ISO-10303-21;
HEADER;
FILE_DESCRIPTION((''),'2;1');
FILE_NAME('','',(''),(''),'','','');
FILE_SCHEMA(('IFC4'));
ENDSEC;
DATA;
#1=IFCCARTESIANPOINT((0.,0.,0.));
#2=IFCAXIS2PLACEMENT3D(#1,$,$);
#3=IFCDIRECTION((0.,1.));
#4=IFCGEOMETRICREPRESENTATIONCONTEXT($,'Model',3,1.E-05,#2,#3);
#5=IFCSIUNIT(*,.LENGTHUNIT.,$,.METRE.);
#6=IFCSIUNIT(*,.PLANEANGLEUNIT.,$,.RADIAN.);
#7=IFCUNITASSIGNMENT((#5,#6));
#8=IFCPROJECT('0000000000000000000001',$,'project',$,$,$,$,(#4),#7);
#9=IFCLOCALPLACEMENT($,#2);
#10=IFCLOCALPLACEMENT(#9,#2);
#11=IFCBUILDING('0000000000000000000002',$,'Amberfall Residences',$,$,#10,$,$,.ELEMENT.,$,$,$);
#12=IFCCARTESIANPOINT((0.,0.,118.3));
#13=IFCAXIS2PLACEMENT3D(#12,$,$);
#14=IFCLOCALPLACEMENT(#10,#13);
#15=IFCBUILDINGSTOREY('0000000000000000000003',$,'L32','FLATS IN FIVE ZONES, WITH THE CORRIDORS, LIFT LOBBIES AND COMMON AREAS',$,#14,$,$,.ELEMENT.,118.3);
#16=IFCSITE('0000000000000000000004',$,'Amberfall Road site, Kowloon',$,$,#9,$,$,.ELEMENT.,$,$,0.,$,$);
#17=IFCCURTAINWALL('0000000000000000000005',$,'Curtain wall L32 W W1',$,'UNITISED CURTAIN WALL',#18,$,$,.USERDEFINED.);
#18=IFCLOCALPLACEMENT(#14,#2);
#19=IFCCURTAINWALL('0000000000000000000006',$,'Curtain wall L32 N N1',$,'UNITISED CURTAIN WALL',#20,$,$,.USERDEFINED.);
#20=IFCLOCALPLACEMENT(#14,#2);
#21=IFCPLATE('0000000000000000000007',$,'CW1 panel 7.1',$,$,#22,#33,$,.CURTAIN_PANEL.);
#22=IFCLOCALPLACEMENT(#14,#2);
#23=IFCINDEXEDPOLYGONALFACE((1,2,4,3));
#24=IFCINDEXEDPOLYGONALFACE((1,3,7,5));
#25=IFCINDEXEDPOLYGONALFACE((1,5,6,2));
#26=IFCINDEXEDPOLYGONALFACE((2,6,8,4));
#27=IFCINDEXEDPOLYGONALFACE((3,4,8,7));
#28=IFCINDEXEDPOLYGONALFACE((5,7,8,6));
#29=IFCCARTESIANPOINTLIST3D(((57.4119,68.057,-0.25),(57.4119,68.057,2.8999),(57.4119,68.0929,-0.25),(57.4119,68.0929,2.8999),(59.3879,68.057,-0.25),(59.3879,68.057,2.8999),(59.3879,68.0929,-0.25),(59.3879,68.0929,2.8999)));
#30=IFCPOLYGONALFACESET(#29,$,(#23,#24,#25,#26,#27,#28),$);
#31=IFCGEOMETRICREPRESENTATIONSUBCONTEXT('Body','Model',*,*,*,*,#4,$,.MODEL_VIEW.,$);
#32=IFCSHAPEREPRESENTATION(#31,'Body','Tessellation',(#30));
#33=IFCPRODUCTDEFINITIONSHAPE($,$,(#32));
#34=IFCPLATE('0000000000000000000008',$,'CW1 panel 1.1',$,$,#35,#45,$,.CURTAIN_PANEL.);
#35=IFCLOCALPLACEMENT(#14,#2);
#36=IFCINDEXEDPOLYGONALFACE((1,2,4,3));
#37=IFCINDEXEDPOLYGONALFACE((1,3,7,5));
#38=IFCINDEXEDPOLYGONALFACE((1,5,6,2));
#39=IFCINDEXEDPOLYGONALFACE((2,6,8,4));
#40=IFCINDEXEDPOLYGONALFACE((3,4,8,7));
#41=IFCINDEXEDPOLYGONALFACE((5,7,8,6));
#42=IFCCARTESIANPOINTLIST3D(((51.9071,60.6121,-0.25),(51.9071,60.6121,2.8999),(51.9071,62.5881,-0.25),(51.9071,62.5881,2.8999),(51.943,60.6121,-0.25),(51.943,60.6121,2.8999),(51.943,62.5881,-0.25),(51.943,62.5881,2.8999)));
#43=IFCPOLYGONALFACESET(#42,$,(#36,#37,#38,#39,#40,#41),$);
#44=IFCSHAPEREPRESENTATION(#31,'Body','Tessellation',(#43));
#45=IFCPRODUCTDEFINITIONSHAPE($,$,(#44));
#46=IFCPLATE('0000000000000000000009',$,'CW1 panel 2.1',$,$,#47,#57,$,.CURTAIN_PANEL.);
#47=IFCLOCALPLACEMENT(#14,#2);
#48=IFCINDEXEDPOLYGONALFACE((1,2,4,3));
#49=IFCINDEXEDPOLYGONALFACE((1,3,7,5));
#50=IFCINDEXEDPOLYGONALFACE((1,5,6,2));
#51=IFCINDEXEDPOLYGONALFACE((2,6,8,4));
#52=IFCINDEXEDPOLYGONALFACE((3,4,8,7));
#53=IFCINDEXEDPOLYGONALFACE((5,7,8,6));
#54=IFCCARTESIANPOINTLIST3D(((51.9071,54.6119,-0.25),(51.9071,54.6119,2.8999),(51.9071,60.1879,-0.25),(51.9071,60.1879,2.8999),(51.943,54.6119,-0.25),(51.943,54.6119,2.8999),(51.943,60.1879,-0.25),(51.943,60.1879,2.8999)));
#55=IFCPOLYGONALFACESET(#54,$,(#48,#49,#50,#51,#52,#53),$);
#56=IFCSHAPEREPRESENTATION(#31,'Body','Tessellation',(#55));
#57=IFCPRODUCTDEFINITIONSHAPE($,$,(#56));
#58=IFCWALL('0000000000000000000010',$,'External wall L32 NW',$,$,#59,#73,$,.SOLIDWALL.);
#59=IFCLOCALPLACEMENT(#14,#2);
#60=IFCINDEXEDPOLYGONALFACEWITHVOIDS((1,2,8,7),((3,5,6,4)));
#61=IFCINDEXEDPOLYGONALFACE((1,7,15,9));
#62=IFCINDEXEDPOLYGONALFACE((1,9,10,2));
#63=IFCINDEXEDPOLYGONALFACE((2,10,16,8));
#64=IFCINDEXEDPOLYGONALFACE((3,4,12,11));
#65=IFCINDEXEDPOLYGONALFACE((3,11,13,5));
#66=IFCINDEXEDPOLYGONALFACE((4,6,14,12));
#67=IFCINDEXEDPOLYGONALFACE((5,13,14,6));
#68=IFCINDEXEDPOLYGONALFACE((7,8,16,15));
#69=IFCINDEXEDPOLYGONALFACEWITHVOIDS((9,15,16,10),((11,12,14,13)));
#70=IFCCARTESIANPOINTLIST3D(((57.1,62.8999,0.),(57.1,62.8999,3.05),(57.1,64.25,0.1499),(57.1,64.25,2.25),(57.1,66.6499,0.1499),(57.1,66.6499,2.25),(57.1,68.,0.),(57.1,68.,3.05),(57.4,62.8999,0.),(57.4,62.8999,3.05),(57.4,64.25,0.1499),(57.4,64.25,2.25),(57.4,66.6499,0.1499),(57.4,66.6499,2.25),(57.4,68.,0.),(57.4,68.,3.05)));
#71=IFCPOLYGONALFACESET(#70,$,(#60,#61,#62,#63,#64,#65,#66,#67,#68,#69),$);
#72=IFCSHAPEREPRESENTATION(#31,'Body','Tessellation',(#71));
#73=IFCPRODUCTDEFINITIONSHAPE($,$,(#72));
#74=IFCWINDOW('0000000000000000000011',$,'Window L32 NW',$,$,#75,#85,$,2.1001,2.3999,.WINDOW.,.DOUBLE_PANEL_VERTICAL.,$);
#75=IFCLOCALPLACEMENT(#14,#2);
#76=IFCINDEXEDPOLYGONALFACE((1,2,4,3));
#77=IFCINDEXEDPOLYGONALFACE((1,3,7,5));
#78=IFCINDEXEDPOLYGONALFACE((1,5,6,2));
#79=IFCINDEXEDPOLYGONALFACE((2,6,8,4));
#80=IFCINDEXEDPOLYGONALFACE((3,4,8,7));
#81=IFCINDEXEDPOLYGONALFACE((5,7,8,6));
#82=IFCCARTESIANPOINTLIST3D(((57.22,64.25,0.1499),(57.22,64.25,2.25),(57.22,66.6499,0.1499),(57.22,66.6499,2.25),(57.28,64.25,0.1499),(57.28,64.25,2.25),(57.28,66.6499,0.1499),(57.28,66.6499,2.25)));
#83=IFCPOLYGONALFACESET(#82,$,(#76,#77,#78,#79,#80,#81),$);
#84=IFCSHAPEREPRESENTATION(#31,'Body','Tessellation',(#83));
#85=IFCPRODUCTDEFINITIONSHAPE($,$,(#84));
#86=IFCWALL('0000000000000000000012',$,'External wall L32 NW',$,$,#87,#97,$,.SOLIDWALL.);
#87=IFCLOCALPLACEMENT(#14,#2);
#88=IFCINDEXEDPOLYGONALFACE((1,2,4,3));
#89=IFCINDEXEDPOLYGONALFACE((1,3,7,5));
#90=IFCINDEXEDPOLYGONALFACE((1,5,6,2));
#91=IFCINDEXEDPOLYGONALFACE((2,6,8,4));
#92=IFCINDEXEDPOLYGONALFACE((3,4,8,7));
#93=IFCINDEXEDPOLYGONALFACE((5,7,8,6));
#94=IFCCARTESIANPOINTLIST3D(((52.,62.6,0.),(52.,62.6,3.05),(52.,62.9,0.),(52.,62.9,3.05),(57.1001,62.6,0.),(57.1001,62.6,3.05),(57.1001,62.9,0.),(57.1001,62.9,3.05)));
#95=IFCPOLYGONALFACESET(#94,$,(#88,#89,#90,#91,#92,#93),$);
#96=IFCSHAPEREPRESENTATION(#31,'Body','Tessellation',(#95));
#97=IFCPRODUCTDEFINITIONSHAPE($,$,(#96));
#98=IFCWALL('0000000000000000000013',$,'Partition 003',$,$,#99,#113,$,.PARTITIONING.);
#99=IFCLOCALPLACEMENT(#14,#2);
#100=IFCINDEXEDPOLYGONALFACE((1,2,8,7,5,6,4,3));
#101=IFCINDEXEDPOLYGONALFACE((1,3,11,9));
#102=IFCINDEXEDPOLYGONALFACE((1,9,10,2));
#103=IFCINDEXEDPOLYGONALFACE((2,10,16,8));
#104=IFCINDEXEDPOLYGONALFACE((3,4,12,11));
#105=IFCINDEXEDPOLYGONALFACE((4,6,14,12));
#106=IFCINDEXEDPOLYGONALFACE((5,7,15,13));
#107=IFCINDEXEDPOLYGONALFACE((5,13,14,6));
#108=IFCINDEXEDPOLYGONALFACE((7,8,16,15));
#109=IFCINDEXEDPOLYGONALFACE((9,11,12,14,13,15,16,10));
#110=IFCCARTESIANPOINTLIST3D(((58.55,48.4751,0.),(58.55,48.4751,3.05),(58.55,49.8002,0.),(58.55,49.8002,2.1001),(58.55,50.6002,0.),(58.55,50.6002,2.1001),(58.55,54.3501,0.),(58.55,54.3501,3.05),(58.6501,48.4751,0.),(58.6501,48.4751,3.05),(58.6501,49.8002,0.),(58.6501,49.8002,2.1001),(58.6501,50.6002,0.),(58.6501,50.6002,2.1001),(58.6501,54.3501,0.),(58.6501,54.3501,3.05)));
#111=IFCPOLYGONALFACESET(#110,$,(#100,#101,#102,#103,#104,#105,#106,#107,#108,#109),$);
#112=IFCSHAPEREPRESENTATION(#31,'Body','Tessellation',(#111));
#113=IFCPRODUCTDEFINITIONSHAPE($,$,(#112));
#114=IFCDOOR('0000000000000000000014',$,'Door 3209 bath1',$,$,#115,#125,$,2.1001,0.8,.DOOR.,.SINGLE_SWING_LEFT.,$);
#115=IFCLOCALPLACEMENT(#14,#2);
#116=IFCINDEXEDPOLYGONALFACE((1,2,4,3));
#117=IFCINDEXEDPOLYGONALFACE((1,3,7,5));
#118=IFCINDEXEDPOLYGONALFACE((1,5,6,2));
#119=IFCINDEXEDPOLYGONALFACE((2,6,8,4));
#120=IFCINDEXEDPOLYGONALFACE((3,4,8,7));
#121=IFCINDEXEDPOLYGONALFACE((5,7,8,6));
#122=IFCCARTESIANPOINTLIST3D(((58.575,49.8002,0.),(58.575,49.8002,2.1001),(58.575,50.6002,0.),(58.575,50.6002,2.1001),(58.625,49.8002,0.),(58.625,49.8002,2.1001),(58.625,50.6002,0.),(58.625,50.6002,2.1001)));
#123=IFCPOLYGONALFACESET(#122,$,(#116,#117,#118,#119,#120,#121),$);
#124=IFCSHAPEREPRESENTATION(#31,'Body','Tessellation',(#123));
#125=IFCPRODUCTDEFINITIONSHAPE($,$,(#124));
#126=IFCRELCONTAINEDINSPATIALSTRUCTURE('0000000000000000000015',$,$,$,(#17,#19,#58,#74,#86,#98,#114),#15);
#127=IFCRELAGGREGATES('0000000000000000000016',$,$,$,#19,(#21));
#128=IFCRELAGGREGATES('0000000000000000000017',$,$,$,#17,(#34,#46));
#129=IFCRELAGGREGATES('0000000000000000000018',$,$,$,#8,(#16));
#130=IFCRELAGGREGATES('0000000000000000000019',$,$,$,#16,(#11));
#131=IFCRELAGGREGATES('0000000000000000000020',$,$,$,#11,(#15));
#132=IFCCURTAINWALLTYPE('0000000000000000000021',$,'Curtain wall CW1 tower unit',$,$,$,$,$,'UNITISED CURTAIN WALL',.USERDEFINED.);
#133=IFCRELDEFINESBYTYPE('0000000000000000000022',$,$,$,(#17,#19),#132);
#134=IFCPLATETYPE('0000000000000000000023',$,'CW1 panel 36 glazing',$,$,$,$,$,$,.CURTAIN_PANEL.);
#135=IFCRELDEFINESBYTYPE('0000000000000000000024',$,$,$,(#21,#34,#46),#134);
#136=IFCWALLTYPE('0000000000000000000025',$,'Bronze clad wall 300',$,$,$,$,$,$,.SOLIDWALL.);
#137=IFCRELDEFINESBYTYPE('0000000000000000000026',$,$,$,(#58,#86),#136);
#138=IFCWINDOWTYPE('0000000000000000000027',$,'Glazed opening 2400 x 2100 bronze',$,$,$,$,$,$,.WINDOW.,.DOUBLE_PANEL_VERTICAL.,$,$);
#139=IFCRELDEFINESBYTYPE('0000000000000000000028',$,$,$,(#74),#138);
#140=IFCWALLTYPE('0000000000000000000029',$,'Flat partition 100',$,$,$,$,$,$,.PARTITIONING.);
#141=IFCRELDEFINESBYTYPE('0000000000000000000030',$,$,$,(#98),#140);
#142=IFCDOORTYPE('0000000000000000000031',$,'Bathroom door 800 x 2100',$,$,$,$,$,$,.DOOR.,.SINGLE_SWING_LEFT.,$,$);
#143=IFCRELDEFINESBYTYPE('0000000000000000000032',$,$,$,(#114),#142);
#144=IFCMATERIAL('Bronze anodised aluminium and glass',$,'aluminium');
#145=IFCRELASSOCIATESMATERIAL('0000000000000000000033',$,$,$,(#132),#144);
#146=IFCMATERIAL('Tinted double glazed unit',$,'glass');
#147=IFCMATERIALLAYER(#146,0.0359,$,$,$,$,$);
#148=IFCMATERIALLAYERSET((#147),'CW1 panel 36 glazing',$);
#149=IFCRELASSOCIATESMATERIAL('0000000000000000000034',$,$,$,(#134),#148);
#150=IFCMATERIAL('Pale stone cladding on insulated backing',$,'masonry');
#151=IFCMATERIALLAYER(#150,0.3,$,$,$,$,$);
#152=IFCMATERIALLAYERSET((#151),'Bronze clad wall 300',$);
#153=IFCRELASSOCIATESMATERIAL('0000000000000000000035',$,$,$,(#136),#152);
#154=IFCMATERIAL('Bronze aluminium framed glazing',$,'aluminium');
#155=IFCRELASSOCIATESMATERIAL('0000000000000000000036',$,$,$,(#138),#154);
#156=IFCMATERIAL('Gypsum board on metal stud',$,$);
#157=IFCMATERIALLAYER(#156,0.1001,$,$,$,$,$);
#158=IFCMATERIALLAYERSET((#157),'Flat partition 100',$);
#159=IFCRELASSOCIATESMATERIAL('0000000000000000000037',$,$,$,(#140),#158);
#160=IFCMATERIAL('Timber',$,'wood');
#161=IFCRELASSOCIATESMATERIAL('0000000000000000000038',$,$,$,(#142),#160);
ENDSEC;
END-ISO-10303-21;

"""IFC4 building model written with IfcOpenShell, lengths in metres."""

from ifc_helpers import new_model, si_unit, direction, frame, frame_2d, origin, origin_2d, place, context, subcontext, project, spatial, rectangle, extrude, material, layer, layer_set, type_object, element, fill, aggregate, save


model = new_model("IFC4")

# Units and contexts
model_context = context("Model", 3, precision=1e-05, world=origin(), true_north=direction((0.0, 1.0)))
body_context = subcontext(model_context, "Body", "Model", "MODEL_VIEW")
ifc_project = project(units=[si_unit("LENGTHUNIT", "METRE"), si_unit("PLANEANGLEUNIT", "RADIAN")], contexts=[model_context])

# Site, building, storey
site_placement = place(None, origin())
site = spatial("IfcSite", under=ifc_project, at=site_placement, Name="Amberfall Road site, Kowloon", CompositionType="ELEMENT", RefElevation=0.0)
building_placement = place(site_placement, origin())
building = spatial("IfcBuilding", under=site, at=building_placement, Name="Amberfall Residences", CompositionType="ELEMENT")
storey_placement = place(building_placement, frame((0.0, 0.0, 118.3)))
storey = spatial("IfcBuildingStorey", under=building, at=storey_placement, Name="L32", Description="FLATS IN FIVE ZONES, WITH THE CORRIDORS, LIFT LOBBIES AND COMMON AREAS", CompositionType="ELEMENT", Elevation=118.3)

# Curtain wall
ifc_material_1 = material(Name="Bronze anodised aluminium and glass", Category="aluminium")
curtain_wall_type = type_object("IfcCurtainWallType", Name="Curtain wall CW1 tower unit", ElementType="UNITISED CURTAIN WALL", PredefinedType="USERDEFINED", material=ifc_material_1)
curtain_wall_1_placement = place(storey_placement, origin())
curtain_wall_1 = element("IfcCurtainWall", 1, at=curtain_wall_1_placement, inside=storey, type_object=curtain_wall_type, Name="Curtain wall L32 W W1", ObjectType="UNITISED CURTAIN WALL", PredefinedType="USERDEFINED")

# Curtain wall
curtain_wall_2_placement = place(storey_placement, origin())
curtain_wall_2 = element("IfcCurtainWall", 2, at=curtain_wall_2_placement, inside=storey, type_object=curtain_wall_type, Name="Curtain wall L32 N N1", ObjectType="UNITISED CURTAIN WALL", PredefinedType="USERDEFINED")

# Plates
ifc_material_2 = material(Name="Tinted double glazed unit", Category="glass")
ifc_layer_1 = layer(ifc_material_2, 0.0359)
ifc_layer_set_1 = layer_set([ifc_layer_1], Name="CW1 panel 36 glazing")
plate_type = type_object("IfcPlateType", Name="CW1 panel 36 glazing", PredefinedType="CURTAIN_PANEL", material=ifc_layer_set_1)
plate_1_placement = place(storey_placement, frame((58.3999, 68.075, -0.25), z_axis=(0.0, 0.0, 1.0), x_axis=(-1.0, 0.0, 0.0)))
plate_1 = element("IfcPlate", 3, at=plate_1_placement, type_object=plate_type, Name="CW1 panel 7.1", PredefinedType="CURTAIN_PANEL", context=body_context, shape_type="SweptSolid", body=[
    extrude(rectangle(XDim=1.9761, YDim=0.0359, at=origin_2d()), origin(), (0.0, 0.0, 1.0), 3.1499),
])
aggregate(curtain_wall_2, [plate_1])
plate_2_placement = place(storey_placement, frame((51.925, 61.6001, -0.25), z_axis=(0.0, 0.0, 1.0), x_axis=(0.0, -1.0, 0.0)))
plate_2 = element("IfcPlate", 4, at=plate_2_placement, type_object=plate_type, Name="CW1 panel 1.1", PredefinedType="CURTAIN_PANEL", context=body_context, shape_type="SweptSolid", body=[
    extrude(rectangle(XDim=1.9761, YDim=0.0359, at=origin_2d()), origin(), (0.0, 0.0, 1.0), 3.1499),
])
plate_3_placement = place(storey_placement, frame((51.925, 57.3999, -0.25), z_axis=(0.0, 0.0, 1.0), x_axis=(0.0, -1.0, 0.0)))
plate_3 = element("IfcPlate", 5, at=plate_3_placement, type_object=plate_type, Name="CW1 panel 2.1", PredefinedType="CURTAIN_PANEL", context=body_context, shape_type="SweptSolid", body=[
    extrude(rectangle(XDim=5.5759, YDim=0.0359, at=origin_2d()), origin(), (0.0, 0.0, 1.0), 3.1499),
])
aggregate(curtain_wall_1, [plate_2, plate_3])

# Wall, opening, window
ifc_material_3 = material(Name="Pale stone cladding on insulated backing", Category="masonry")
ifc_layer_2 = layer(ifc_material_3, 0.3)
ifc_layer_set_2 = layer_set([ifc_layer_2], Name="Bronze clad wall 300")
wall_type_1 = type_object("IfcWallType", Name="Bronze clad wall 300", PredefinedType="SOLIDWALL", material=ifc_layer_set_2)
wall_1_placement = place(storey_placement, frame((57.25, 68.0, 0.0), z_axis=(0.0, 0.0, 1.0), x_axis=(0.0, -1.0, 0.0)))
wall_1 = element("IfcWall", 6, at=wall_1_placement, inside=storey, type_object=wall_type_1, Name="External wall L32 NW", PredefinedType="SOLIDWALL", context=body_context, shape_type="SweptSolid", body=[
    extrude(rectangle(XDim=5.1001, YDim=0.3, at=frame_2d((2.55, 0.0))), origin(), (0.0, 0.0, 1.0), 3.05),
])
opening_1_placement = place(wall_1_placement, frame((1.3501, 0.0, 0.1499)))
opening_1 = element("IfcOpeningElement", 7, at=opening_1_placement, cuts=wall_1, PredefinedType="OPENING", context=body_context, shape_type="SweptSolid", body=[
    extrude(rectangle(XDim=2.3999, YDim=2.1001, at=frame_2d((1.2, 1.05))), frame((0.0, 0.1599, 0.0), z_axis=(0.0, -1.0, 0.0), x_axis=(1.0, 0.0, 0.0)), (0.0, 0.0, 1.0), 0.3201),
])
ifc_material_4 = material(Name="Bronze aluminium framed glazing", Category="aluminium")
window_type = type_object("IfcWindowType", Name="Glazed opening 2400 x 2100 bronze", PartitioningType="DOUBLE_PANEL_VERTICAL", PredefinedType="WINDOW", material=ifc_material_4)
window_placement = place(opening_1_placement, origin())
window = element("IfcWindow", 8, at=window_placement, inside=storey, type_object=window_type, Name="Window L32 NW", OverallHeight=2.1001, OverallWidth=2.3999, PartitioningType="DOUBLE_PANEL_VERTICAL", PredefinedType="WINDOW", context=body_context, shape_type="SweptSolid", body=[
    extrude(rectangle(XDim=2.3999, YDim=2.1001, at=frame_2d((1.2, 1.05))), frame((0.0, 0.03, 0.0), z_axis=(0.0, -1.0, 0.0), x_axis=(1.0, 0.0, 0.0)), (0.0, 0.0, 1.0), 0.0601),
])
fill(opening_1, window)

# Wall
wall_2_placement = place(storey_placement, frame((57.1001, 62.75, 0.0), z_axis=(0.0, 0.0, 1.0), x_axis=(-1.0, 0.0, 0.0)))
element("IfcWall", 9, at=wall_2_placement, inside=storey, type_object=wall_type_1, Name="External wall L32 NW", PredefinedType="SOLIDWALL", context=body_context, shape_type="SweptSolid", body=[
    extrude(rectangle(XDim=5.1001, YDim=0.3, at=frame_2d((2.55, 0.0))), origin(), (0.0, 0.0, 1.0), 3.05),
])

# Wall, opening, door
ifc_material_5 = material(Name="Gypsum board on metal stud")
ifc_layer_3 = layer(ifc_material_5, 0.1001)
ifc_layer_set_3 = layer_set([ifc_layer_3], Name="Flat partition 100")
wall_type_2 = type_object("IfcWallType", Name="Flat partition 100", PredefinedType="PARTITIONING", material=ifc_layer_set_3)
wall_3_placement = place(storey_placement, frame((58.6001, 54.3501, 0.0), z_axis=(0.0, 0.0, 1.0), x_axis=(0.0, -1.0, 0.0)))
wall_3 = element("IfcWall", 10, at=wall_3_placement, inside=storey, type_object=wall_type_2, Name="Partition 003", PredefinedType="PARTITIONING", context=body_context, shape_type="SweptSolid", body=[
    extrude(rectangle(XDim=5.875, YDim=0.1001, at=frame_2d((2.9375, 0.0))), origin(), (0.0, 0.0, 1.0), 3.05),
])
opening_2_placement = place(wall_3_placement, frame((3.75, 0.0, 0.0)))
opening_2 = element("IfcOpeningElement", 11, at=opening_2_placement, cuts=wall_3, PredefinedType="OPENING", context=body_context, shape_type="SweptSolid", body=[
    extrude(rectangle(XDim=0.8, YDim=2.1001, at=frame_2d((0.3999, 1.05))), frame((0.0, 0.0601, 0.0), z_axis=(0.0, -1.0, 0.0), x_axis=(1.0, 0.0, 0.0)), (0.0, 0.0, 1.0), 0.1201),
])
ifc_material_6 = material(Name="Timber", Category="wood")
door_type = type_object("IfcDoorType", Name="Bathroom door 800 x 2100", OperationType="SINGLE_SWING_LEFT", PredefinedType="DOOR", material=ifc_material_6)
door_placement = place(opening_2_placement, origin())
door = element("IfcDoor", 12, at=door_placement, inside=storey, type_object=door_type, Name="Door 3209 bath1", OperationType="SINGLE_SWING_LEFT", OverallHeight=2.1001, OverallWidth=0.8, PredefinedType="DOOR", context=body_context, shape_type="SweptSolid", body=[
    extrude(rectangle(XDim=0.8, YDim=2.1001, at=frame_2d((0.3999, 1.05))), frame((0.0, 0.0249, 0.0), z_axis=(0.0, -1.0, 0.0), x_axis=(1.0, 0.0, 0.0)), (0.0, 0.0, 1.0), 0.05),
])
fill(opening_2, door)

save(model, "model.ifc")
